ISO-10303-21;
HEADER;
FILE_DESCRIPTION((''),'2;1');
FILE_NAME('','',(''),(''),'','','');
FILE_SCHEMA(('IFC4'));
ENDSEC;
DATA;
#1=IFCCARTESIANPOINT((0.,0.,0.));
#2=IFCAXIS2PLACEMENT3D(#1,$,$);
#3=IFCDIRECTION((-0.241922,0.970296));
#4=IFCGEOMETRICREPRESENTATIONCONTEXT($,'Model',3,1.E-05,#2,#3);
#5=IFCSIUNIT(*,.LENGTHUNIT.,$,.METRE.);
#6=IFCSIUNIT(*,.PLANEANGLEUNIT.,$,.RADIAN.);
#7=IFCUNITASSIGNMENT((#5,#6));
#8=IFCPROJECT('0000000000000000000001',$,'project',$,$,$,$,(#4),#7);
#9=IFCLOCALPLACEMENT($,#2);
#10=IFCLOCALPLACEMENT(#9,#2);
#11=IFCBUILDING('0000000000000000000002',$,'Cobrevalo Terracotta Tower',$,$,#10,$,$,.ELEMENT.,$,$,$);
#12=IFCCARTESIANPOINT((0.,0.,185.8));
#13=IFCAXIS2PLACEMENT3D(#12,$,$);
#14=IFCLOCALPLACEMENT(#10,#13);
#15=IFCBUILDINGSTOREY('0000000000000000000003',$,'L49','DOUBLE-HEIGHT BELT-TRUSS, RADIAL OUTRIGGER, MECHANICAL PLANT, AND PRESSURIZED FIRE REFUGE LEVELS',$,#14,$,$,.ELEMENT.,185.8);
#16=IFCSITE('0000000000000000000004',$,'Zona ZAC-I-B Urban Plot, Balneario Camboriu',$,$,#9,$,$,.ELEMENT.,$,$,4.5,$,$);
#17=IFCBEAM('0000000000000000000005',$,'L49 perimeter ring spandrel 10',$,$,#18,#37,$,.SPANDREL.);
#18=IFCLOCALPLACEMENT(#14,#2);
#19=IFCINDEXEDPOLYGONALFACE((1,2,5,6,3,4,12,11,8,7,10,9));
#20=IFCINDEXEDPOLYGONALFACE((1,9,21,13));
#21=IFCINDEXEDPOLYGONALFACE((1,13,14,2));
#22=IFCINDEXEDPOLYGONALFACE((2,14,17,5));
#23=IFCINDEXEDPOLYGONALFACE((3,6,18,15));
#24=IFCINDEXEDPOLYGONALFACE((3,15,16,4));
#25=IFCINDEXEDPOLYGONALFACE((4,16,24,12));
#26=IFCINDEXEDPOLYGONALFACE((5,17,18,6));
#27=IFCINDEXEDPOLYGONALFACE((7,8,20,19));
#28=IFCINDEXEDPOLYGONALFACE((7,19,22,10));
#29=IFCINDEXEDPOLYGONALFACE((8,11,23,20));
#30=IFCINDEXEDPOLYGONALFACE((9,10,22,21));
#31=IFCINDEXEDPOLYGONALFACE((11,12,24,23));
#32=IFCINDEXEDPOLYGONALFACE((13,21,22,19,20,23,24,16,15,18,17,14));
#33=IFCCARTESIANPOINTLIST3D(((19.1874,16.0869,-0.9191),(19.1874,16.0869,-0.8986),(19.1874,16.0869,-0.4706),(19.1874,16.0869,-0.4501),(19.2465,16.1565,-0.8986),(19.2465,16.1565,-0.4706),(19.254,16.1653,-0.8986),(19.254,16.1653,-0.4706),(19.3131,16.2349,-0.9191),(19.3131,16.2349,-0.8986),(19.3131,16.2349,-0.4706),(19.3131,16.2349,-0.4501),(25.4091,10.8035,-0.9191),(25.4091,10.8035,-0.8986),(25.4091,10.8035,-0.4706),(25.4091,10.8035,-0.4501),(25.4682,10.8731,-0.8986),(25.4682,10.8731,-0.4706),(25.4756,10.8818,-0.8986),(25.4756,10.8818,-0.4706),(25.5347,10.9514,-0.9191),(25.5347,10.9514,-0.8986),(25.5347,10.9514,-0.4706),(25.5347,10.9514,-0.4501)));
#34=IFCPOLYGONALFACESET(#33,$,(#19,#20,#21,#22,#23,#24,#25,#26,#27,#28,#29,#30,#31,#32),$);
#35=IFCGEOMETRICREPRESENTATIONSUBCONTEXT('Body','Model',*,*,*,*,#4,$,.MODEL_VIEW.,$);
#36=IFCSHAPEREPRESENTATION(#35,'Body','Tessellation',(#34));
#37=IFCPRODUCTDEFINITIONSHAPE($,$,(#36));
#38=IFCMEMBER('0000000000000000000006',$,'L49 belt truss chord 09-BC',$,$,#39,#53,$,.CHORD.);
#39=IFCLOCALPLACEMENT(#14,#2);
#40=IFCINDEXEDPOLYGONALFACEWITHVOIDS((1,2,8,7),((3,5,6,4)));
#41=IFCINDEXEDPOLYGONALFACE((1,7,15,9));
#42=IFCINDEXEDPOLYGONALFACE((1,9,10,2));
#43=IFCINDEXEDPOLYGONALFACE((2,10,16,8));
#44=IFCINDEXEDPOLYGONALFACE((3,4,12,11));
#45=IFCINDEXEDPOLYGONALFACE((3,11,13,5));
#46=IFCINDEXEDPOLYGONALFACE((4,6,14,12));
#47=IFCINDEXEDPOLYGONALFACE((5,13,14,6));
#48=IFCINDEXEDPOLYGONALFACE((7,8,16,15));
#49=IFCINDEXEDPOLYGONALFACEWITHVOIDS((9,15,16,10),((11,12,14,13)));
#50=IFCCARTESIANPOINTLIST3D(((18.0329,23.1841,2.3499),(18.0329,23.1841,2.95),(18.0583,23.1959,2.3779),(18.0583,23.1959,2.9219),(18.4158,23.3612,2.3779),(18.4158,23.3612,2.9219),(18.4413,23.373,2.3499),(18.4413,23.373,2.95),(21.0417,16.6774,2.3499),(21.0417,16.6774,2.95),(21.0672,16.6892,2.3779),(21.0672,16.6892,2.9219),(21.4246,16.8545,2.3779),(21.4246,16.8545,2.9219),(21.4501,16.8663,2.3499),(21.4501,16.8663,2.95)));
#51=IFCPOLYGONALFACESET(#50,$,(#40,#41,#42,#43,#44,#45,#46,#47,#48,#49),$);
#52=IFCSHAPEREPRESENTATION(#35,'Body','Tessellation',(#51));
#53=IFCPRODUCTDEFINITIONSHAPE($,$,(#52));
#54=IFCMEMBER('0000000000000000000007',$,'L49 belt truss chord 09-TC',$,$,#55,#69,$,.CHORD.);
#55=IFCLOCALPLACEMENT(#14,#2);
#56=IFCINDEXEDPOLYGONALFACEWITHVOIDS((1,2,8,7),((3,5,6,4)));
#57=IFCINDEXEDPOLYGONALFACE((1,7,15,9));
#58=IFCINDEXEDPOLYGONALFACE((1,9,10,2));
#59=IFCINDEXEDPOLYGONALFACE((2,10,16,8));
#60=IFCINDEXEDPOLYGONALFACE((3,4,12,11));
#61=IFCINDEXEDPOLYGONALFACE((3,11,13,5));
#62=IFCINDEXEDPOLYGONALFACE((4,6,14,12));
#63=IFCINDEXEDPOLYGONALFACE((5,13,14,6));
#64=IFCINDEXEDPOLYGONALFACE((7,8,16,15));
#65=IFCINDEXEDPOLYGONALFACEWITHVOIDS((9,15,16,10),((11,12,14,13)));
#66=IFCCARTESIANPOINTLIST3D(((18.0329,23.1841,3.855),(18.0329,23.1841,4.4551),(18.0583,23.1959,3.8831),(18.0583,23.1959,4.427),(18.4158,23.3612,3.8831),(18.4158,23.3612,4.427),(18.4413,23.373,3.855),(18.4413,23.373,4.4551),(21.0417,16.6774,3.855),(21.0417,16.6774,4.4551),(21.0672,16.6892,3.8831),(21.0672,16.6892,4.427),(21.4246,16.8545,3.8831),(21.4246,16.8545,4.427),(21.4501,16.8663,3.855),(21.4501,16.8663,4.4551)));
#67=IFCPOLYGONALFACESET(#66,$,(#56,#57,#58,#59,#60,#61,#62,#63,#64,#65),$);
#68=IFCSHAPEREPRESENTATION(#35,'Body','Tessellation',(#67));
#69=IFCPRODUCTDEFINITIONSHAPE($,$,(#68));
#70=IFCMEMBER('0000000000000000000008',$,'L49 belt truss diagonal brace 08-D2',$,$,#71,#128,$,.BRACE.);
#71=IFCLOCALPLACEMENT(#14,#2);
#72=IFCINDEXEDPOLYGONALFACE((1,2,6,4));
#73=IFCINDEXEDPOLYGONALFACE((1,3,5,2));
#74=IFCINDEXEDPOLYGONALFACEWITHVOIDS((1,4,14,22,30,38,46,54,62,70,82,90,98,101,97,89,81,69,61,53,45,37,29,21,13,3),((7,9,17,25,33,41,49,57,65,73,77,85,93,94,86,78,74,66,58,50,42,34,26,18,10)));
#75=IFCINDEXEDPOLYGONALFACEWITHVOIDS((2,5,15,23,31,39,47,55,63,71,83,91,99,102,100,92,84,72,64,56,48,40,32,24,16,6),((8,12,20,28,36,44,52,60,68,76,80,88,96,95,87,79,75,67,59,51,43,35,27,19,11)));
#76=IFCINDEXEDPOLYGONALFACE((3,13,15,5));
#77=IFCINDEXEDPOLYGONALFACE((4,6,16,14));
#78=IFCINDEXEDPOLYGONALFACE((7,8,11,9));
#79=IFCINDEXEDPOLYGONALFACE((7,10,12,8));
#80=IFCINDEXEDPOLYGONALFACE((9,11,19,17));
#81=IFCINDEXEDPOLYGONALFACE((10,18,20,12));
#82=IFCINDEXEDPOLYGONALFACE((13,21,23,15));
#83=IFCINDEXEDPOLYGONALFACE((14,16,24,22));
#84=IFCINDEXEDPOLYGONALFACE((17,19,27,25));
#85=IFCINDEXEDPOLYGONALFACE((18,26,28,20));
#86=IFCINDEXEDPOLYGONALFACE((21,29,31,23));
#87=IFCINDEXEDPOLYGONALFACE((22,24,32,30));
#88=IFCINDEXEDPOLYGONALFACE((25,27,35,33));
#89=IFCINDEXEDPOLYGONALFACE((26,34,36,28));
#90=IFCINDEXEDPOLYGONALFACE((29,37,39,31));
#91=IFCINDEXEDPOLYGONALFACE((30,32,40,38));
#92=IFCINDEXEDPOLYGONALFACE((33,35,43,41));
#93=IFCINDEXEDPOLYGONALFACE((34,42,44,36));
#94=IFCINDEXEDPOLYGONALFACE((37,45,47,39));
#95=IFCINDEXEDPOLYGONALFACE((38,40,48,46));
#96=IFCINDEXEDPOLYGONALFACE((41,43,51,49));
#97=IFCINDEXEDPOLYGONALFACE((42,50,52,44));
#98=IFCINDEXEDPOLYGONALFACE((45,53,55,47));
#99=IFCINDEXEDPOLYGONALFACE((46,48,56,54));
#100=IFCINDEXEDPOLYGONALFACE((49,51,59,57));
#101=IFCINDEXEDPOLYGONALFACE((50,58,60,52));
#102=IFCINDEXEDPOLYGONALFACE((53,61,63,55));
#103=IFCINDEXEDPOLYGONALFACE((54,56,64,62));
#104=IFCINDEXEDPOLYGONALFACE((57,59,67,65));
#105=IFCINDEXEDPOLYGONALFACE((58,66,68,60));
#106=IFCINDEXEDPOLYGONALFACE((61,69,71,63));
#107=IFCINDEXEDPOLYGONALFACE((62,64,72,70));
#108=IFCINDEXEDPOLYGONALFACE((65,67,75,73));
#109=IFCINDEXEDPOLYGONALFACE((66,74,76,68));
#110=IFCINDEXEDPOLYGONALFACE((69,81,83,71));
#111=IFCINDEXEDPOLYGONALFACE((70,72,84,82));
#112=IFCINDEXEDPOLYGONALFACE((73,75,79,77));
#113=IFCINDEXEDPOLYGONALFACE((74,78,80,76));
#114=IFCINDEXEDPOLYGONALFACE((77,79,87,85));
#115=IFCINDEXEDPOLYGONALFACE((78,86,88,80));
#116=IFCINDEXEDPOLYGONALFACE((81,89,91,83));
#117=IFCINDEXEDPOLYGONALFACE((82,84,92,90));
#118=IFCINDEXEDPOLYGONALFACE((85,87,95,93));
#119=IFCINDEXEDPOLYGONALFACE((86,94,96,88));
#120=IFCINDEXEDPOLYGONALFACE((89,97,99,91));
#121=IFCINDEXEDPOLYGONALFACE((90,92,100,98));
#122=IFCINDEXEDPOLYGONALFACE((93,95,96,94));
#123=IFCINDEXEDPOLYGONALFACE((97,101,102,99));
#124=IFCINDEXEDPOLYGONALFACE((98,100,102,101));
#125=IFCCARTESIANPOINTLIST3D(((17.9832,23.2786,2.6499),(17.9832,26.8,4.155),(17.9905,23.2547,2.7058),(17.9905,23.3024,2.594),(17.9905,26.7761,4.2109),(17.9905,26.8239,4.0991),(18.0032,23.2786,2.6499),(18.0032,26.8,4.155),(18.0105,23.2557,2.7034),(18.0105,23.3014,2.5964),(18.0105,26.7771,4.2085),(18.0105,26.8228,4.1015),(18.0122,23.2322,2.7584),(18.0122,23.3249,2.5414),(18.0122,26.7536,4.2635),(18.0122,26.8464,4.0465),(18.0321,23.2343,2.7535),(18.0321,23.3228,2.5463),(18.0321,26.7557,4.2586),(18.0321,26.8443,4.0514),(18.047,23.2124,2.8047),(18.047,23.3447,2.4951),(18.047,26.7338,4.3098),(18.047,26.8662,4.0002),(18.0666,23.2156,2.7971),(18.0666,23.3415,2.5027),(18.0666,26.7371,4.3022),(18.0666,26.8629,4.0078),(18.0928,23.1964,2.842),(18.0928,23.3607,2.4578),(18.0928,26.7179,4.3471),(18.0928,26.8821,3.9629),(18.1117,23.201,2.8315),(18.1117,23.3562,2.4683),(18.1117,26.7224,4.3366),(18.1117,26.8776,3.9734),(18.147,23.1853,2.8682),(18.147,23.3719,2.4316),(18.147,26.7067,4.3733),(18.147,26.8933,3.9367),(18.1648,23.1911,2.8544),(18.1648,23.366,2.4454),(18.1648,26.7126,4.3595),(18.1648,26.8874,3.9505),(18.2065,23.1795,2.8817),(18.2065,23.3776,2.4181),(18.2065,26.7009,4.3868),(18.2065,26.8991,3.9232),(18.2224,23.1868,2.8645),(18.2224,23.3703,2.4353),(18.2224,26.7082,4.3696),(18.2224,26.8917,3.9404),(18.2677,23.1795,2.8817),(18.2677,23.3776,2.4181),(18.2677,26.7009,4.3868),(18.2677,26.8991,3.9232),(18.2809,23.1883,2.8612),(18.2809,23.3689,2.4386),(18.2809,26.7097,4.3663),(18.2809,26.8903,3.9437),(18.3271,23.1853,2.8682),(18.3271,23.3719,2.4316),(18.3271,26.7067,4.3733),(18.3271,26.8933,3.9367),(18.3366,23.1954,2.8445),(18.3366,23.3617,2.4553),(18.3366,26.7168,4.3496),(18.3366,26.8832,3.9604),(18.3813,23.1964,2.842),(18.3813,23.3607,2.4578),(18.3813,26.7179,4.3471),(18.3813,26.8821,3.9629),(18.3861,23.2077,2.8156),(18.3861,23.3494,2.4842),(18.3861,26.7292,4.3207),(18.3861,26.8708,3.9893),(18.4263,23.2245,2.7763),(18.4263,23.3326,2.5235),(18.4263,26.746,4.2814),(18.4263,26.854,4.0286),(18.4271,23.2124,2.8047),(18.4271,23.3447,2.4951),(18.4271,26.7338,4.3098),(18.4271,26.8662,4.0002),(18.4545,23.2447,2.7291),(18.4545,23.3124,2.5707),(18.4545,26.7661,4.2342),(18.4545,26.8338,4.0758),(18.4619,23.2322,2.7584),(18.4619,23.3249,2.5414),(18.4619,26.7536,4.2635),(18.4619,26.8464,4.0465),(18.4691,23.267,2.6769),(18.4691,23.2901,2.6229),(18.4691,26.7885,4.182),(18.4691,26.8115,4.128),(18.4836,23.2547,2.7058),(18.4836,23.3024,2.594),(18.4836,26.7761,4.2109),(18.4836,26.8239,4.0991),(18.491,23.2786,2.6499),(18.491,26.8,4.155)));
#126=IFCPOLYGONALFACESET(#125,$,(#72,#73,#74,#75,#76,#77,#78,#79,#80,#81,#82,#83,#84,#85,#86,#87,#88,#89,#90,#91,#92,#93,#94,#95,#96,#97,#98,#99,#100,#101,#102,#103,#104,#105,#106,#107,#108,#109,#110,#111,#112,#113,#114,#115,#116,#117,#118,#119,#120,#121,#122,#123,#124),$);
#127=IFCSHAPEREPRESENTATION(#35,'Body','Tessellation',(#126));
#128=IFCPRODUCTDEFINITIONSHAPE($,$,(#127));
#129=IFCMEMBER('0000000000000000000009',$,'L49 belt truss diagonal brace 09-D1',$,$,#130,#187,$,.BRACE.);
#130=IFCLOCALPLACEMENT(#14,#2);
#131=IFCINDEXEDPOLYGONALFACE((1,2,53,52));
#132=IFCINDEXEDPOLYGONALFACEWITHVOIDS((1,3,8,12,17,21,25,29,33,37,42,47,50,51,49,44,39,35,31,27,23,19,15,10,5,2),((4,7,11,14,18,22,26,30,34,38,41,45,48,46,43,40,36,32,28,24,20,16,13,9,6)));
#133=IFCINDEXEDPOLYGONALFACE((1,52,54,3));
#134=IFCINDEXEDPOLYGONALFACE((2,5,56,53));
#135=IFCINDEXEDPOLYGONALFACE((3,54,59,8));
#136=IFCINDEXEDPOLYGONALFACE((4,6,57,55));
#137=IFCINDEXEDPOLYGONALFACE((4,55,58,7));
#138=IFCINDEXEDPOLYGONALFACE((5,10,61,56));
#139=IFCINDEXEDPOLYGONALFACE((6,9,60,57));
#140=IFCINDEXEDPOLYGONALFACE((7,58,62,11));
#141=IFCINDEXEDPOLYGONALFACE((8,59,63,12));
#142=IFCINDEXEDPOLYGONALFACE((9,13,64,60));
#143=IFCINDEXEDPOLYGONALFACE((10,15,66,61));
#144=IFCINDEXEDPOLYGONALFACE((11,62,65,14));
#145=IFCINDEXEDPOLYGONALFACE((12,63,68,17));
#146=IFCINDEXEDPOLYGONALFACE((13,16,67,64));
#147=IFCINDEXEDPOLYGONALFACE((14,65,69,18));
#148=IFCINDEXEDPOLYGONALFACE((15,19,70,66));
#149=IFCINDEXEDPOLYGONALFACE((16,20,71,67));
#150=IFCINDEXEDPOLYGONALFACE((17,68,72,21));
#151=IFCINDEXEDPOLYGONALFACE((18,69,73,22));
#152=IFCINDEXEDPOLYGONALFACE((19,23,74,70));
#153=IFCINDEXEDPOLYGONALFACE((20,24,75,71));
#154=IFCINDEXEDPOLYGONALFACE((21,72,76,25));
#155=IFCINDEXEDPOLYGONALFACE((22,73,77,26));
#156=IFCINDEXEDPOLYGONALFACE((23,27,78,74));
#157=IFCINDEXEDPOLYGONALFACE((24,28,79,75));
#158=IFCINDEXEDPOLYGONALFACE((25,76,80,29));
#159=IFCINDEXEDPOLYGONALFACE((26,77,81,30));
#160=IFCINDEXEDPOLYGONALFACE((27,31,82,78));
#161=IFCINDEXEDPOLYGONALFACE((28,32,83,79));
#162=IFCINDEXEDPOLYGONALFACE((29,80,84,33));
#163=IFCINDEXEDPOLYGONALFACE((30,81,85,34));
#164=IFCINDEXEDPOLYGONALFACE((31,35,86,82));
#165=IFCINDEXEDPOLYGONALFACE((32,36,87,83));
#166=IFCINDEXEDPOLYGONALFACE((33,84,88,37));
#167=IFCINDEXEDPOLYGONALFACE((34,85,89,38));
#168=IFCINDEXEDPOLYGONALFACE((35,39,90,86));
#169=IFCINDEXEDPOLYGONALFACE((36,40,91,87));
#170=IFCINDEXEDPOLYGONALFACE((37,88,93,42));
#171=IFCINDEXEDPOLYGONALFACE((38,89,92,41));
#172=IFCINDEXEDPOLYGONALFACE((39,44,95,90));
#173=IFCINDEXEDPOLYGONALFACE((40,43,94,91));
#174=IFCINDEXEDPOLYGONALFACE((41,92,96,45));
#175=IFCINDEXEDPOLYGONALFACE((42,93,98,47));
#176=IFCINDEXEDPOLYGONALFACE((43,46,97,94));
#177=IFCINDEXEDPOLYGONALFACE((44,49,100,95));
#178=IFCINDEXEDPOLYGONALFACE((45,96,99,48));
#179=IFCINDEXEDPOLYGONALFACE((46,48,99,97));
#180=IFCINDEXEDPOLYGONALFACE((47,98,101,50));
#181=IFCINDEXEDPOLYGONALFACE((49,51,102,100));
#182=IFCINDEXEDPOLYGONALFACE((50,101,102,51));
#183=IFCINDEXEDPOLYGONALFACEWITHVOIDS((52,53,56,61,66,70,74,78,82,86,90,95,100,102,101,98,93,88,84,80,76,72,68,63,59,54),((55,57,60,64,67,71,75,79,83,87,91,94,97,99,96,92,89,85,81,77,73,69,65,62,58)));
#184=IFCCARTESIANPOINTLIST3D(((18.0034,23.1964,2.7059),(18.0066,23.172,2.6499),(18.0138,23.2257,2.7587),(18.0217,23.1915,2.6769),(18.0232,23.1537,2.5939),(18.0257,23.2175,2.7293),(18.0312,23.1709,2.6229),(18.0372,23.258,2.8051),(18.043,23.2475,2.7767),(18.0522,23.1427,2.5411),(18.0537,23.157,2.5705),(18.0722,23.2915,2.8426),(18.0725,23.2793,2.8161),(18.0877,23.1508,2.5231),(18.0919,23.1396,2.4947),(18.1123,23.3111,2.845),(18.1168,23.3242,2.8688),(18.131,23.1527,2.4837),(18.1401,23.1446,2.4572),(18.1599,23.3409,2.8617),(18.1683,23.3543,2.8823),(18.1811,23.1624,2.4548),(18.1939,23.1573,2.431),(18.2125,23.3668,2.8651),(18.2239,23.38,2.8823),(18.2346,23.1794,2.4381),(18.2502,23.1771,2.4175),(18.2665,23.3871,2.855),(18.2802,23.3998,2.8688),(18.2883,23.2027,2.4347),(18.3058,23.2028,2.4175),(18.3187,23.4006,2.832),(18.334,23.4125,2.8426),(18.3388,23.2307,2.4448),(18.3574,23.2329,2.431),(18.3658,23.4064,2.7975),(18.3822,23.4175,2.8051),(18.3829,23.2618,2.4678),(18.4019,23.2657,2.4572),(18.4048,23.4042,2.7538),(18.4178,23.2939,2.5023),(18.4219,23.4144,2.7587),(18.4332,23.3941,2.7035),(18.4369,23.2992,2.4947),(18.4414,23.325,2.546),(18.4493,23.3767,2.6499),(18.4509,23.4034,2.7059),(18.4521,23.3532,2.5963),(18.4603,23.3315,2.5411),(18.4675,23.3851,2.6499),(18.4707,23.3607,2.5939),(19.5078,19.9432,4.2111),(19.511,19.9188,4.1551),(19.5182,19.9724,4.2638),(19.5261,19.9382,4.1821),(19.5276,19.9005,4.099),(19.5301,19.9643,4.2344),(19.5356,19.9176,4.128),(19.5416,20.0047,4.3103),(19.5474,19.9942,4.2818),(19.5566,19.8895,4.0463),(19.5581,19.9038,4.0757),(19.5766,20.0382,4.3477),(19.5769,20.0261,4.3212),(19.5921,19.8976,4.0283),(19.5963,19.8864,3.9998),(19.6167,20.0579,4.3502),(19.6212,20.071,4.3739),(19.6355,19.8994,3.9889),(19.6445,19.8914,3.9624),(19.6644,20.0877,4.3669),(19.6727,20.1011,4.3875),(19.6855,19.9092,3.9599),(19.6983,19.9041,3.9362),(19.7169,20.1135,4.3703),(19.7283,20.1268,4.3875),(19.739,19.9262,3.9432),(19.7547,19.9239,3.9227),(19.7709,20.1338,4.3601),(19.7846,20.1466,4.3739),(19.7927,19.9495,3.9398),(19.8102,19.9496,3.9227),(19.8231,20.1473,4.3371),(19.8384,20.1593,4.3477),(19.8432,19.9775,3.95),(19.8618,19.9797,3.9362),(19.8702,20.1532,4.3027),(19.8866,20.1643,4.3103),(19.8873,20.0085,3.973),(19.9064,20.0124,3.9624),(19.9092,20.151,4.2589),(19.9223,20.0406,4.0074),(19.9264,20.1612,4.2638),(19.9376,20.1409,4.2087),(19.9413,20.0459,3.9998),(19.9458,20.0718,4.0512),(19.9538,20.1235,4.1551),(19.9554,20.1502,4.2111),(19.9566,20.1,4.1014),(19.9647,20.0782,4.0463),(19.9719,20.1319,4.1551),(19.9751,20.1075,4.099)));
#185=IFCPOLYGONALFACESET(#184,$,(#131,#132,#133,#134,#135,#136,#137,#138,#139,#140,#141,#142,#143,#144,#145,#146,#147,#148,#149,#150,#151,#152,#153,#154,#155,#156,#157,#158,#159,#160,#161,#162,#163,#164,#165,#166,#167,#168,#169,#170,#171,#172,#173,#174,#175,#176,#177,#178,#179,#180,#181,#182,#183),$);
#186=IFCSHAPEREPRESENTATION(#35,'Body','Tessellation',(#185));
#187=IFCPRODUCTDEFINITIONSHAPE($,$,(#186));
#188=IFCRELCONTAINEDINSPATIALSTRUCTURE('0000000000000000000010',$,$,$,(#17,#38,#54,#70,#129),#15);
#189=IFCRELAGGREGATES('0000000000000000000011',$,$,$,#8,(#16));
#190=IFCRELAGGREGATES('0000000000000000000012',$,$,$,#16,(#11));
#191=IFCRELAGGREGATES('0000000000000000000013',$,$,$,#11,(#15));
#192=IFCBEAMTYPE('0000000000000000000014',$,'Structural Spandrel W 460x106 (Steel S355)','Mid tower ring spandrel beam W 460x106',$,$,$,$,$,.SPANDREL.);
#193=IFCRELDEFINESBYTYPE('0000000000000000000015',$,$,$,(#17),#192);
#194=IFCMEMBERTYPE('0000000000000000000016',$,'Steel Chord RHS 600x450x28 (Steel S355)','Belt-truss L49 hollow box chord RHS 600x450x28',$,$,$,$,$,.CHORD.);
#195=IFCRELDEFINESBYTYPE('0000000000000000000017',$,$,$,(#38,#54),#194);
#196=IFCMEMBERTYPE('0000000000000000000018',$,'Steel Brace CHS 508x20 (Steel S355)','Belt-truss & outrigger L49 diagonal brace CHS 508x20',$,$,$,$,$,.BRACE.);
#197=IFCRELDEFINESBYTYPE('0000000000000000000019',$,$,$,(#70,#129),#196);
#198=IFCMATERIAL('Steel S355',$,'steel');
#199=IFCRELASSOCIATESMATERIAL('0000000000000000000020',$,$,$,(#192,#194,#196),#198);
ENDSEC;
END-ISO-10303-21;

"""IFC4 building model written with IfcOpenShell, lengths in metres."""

from ifc_helpers import new_model, si_unit, direction, frame, origin, origin_2d, place, context, subcontext, project, spatial, hollow_rectangle, hollow_circle, i_section, extrude, source, transform, mapped, material, material_profile, profile_set, type_object, element, save


model = new_model("IFC4")

# Units and contexts
model_context = context("Model", 3, precision=1e-05, world=origin(), true_north=direction((-0.241922, 0.970296)))
body_context = subcontext(model_context, "Body", "Model", "MODEL_VIEW")
ifc_project = project(units=[si_unit("LENGTHUNIT", "METRE"), si_unit("PLANEANGLEUNIT", "RADIAN")], contexts=[model_context])

# Site, building, storey
site_placement = place(None, origin())
site = spatial("IfcSite", under=ifc_project, at=site_placement, Name="Zona ZAC-I-B Urban Plot, Balneario Camboriu", CompositionType="ELEMENT", RefElevation=4.5)
building_placement = place(site_placement, origin())
building = spatial("IfcBuilding", under=site, at=building_placement, Name="Cobrevalo Terracotta Tower", CompositionType="ELEMENT")
storey_placement = place(building_placement, frame((0.0, 0.0, 185.8)))
storey = spatial("IfcBuildingStorey", under=building, at=storey_placement, Name="L49", Description="DOUBLE-HEIGHT BELT-TRUSS, RADIAL OUTRIGGER, MECHANICAL PLANT, AND PRESSURIZED FIRE REFUGE LEVELS", CompositionType="ELEMENT", Elevation=185.8)

# Shared definitions
ifc_material_1 = material(Name="Steel S355", Category="steel")

# Beam
ifc_material_profile_1 = material_profile(ifc_material_1, i_section(OverallWidth=0.1941, OverallDepth=0.469, WebThickness=0.0115, FlangeThickness=0.0205, at=origin_2d()), Name="W 460x106")
ifc_profile_set_1 = profile_set([ifc_material_profile_1], Name="Steel S355")
beam_type_1 = type_object("IfcBeamType", Name="Structural Spandrel W 460x106 (Steel S355)", Description="Mid tower ring spandrel beam W 460x106", PredefinedType="SPANDREL", material=ifc_profile_set_1)
beam_1_placement = place(storey_placement, frame((19.2502, 16.1609, -0.6846), z_axis=(0.76224, -0.647294, 0.0), x_axis=(0.647294, 0.76224, 0.0)))
element("IfcBeam", 1, at=beam_1_placement, inside=storey, type_object=beam_type_1, Name="L49 perimeter ring spandrel 10", PredefinedType="SPANDREL", context=body_context, shape_type="SweptSolid", body=[
    extrude(i_section(OverallWidth=0.1941, OverallDepth=0.469, WebThickness=0.0115, FlangeThickness=0.0205, at=origin_2d()), origin(), (0.0, 0.0, 1.0), 8.1624),
])

# Members
ifc_material_profile_2 = material_profile(ifc_material_1, hollow_rectangle(XDim=0.45, YDim=0.6001, WallThickness=0.0281, at=origin_2d()), Name="RHS 600x450x28")
ifc_profile_set_2 = profile_set([ifc_material_profile_2], Name="Steel S355")
member_type_1 = type_object("IfcMemberType", Name="Steel Chord RHS 600x450x28 (Steel S355)", Description="Belt-truss L49 hollow box chord RHS 600x450x28", PredefinedType="CHORD", material=ifc_profile_set_2)
shared_shape_1 = source(origin(), body_context, "Body", "SweptSolid", [
    extrude(hollow_rectangle(XDim=0.45, YDim=0.6001, WallThickness=0.0281, at=origin_2d()), origin(), (0.0, 0.0, 1.0), 7.1687),
])
for number, where, z_axis, x_axis, name in (
    (2, (18.2371, 23.2786, 2.6499), (0.419719, -0.907654, 0.0), (0.907654, 0.419719, 0.0), "L49 belt truss chord 09-BC"),
    (3, (18.2371, 23.2786, 4.155), (0.419719, -0.907654, 0.0), (0.907654, 0.419719, 0.0), "L49 belt truss chord 09-TC"),
):
    element("IfcMember", number, at=place(storey_placement, frame(where, z_axis=z_axis, x_axis=x_axis)), inside=storey, type_object=member_type_1, Name=name, PredefinedType="CHORD", context=body_context, shape_type="MappedRepresentation", body=[
        mapped(shared_shape_1, transform((0.0, 0.0, 0.0), scale=1.0)),
    ])
ifc_material_profile_3 = material_profile(ifc_material_1, hollow_circle(Radius=0.2539, WallThickness=0.02, at=origin_2d()), Name="CHS 508x20")
ifc_profile_set_3 = profile_set([ifc_material_profile_3], Name="Steel S355")
member_type_2 = type_object("IfcMemberType", Name="Steel Brace CHS 508x20 (Steel S355)", Description="Belt-truss & outrigger L49 diagonal brace CHS 508x20", PredefinedType="BRACE", material=ifc_profile_set_3)
shared_shape_2 = source(origin(), body_context, "Body", "SweptSolid", [
    extrude(hollow_circle(Radius=0.2539, WallThickness=0.02, at=origin_2d()), origin(), (0.0, 0.0, 1.0), 3.8296),
])
member_1_placement = place(storey_placement, frame((18.2371, 23.2786, 2.6499), z_axis=(0.0, 0.91953, 0.393019), x_axis=(-1.0, 0.0, 0.0)))
element("IfcMember", 4, at=member_1_placement, inside=storey, type_object=member_type_2, Name="L49 belt truss diagonal brace 08-D2", PredefinedType="BRACE", context=body_context, shape_type="MappedRepresentation", body=[
    mapped(shared_shape_2, transform((0.0, 0.0, 0.0), scale=1.0)),
])
shared_shape_3 = source(origin(), body_context, "Body", "SweptSolid", [
    extrude(hollow_circle(Radius=0.2539, WallThickness=0.02, at=origin_2d()), origin(), (0.0, 0.0, 1.0), 3.8875),
])
member_2_placement = place(storey_placement, frame((18.2371, 23.2786, 2.6499), z_axis=(0.386994, -0.836854, 0.387183), x_axis=(0.907648, 0.419732, 0.0)))
element("IfcMember", 5, at=member_2_placement, inside=storey, type_object=member_type_2, Name="L49 belt truss diagonal brace 09-D1", PredefinedType="BRACE", context=body_context, shape_type="MappedRepresentation", body=[
    mapped(shared_shape_3, transform((0.0, 0.0, 0.0), scale=1.0)),
])

save(model, "model.ifc")
